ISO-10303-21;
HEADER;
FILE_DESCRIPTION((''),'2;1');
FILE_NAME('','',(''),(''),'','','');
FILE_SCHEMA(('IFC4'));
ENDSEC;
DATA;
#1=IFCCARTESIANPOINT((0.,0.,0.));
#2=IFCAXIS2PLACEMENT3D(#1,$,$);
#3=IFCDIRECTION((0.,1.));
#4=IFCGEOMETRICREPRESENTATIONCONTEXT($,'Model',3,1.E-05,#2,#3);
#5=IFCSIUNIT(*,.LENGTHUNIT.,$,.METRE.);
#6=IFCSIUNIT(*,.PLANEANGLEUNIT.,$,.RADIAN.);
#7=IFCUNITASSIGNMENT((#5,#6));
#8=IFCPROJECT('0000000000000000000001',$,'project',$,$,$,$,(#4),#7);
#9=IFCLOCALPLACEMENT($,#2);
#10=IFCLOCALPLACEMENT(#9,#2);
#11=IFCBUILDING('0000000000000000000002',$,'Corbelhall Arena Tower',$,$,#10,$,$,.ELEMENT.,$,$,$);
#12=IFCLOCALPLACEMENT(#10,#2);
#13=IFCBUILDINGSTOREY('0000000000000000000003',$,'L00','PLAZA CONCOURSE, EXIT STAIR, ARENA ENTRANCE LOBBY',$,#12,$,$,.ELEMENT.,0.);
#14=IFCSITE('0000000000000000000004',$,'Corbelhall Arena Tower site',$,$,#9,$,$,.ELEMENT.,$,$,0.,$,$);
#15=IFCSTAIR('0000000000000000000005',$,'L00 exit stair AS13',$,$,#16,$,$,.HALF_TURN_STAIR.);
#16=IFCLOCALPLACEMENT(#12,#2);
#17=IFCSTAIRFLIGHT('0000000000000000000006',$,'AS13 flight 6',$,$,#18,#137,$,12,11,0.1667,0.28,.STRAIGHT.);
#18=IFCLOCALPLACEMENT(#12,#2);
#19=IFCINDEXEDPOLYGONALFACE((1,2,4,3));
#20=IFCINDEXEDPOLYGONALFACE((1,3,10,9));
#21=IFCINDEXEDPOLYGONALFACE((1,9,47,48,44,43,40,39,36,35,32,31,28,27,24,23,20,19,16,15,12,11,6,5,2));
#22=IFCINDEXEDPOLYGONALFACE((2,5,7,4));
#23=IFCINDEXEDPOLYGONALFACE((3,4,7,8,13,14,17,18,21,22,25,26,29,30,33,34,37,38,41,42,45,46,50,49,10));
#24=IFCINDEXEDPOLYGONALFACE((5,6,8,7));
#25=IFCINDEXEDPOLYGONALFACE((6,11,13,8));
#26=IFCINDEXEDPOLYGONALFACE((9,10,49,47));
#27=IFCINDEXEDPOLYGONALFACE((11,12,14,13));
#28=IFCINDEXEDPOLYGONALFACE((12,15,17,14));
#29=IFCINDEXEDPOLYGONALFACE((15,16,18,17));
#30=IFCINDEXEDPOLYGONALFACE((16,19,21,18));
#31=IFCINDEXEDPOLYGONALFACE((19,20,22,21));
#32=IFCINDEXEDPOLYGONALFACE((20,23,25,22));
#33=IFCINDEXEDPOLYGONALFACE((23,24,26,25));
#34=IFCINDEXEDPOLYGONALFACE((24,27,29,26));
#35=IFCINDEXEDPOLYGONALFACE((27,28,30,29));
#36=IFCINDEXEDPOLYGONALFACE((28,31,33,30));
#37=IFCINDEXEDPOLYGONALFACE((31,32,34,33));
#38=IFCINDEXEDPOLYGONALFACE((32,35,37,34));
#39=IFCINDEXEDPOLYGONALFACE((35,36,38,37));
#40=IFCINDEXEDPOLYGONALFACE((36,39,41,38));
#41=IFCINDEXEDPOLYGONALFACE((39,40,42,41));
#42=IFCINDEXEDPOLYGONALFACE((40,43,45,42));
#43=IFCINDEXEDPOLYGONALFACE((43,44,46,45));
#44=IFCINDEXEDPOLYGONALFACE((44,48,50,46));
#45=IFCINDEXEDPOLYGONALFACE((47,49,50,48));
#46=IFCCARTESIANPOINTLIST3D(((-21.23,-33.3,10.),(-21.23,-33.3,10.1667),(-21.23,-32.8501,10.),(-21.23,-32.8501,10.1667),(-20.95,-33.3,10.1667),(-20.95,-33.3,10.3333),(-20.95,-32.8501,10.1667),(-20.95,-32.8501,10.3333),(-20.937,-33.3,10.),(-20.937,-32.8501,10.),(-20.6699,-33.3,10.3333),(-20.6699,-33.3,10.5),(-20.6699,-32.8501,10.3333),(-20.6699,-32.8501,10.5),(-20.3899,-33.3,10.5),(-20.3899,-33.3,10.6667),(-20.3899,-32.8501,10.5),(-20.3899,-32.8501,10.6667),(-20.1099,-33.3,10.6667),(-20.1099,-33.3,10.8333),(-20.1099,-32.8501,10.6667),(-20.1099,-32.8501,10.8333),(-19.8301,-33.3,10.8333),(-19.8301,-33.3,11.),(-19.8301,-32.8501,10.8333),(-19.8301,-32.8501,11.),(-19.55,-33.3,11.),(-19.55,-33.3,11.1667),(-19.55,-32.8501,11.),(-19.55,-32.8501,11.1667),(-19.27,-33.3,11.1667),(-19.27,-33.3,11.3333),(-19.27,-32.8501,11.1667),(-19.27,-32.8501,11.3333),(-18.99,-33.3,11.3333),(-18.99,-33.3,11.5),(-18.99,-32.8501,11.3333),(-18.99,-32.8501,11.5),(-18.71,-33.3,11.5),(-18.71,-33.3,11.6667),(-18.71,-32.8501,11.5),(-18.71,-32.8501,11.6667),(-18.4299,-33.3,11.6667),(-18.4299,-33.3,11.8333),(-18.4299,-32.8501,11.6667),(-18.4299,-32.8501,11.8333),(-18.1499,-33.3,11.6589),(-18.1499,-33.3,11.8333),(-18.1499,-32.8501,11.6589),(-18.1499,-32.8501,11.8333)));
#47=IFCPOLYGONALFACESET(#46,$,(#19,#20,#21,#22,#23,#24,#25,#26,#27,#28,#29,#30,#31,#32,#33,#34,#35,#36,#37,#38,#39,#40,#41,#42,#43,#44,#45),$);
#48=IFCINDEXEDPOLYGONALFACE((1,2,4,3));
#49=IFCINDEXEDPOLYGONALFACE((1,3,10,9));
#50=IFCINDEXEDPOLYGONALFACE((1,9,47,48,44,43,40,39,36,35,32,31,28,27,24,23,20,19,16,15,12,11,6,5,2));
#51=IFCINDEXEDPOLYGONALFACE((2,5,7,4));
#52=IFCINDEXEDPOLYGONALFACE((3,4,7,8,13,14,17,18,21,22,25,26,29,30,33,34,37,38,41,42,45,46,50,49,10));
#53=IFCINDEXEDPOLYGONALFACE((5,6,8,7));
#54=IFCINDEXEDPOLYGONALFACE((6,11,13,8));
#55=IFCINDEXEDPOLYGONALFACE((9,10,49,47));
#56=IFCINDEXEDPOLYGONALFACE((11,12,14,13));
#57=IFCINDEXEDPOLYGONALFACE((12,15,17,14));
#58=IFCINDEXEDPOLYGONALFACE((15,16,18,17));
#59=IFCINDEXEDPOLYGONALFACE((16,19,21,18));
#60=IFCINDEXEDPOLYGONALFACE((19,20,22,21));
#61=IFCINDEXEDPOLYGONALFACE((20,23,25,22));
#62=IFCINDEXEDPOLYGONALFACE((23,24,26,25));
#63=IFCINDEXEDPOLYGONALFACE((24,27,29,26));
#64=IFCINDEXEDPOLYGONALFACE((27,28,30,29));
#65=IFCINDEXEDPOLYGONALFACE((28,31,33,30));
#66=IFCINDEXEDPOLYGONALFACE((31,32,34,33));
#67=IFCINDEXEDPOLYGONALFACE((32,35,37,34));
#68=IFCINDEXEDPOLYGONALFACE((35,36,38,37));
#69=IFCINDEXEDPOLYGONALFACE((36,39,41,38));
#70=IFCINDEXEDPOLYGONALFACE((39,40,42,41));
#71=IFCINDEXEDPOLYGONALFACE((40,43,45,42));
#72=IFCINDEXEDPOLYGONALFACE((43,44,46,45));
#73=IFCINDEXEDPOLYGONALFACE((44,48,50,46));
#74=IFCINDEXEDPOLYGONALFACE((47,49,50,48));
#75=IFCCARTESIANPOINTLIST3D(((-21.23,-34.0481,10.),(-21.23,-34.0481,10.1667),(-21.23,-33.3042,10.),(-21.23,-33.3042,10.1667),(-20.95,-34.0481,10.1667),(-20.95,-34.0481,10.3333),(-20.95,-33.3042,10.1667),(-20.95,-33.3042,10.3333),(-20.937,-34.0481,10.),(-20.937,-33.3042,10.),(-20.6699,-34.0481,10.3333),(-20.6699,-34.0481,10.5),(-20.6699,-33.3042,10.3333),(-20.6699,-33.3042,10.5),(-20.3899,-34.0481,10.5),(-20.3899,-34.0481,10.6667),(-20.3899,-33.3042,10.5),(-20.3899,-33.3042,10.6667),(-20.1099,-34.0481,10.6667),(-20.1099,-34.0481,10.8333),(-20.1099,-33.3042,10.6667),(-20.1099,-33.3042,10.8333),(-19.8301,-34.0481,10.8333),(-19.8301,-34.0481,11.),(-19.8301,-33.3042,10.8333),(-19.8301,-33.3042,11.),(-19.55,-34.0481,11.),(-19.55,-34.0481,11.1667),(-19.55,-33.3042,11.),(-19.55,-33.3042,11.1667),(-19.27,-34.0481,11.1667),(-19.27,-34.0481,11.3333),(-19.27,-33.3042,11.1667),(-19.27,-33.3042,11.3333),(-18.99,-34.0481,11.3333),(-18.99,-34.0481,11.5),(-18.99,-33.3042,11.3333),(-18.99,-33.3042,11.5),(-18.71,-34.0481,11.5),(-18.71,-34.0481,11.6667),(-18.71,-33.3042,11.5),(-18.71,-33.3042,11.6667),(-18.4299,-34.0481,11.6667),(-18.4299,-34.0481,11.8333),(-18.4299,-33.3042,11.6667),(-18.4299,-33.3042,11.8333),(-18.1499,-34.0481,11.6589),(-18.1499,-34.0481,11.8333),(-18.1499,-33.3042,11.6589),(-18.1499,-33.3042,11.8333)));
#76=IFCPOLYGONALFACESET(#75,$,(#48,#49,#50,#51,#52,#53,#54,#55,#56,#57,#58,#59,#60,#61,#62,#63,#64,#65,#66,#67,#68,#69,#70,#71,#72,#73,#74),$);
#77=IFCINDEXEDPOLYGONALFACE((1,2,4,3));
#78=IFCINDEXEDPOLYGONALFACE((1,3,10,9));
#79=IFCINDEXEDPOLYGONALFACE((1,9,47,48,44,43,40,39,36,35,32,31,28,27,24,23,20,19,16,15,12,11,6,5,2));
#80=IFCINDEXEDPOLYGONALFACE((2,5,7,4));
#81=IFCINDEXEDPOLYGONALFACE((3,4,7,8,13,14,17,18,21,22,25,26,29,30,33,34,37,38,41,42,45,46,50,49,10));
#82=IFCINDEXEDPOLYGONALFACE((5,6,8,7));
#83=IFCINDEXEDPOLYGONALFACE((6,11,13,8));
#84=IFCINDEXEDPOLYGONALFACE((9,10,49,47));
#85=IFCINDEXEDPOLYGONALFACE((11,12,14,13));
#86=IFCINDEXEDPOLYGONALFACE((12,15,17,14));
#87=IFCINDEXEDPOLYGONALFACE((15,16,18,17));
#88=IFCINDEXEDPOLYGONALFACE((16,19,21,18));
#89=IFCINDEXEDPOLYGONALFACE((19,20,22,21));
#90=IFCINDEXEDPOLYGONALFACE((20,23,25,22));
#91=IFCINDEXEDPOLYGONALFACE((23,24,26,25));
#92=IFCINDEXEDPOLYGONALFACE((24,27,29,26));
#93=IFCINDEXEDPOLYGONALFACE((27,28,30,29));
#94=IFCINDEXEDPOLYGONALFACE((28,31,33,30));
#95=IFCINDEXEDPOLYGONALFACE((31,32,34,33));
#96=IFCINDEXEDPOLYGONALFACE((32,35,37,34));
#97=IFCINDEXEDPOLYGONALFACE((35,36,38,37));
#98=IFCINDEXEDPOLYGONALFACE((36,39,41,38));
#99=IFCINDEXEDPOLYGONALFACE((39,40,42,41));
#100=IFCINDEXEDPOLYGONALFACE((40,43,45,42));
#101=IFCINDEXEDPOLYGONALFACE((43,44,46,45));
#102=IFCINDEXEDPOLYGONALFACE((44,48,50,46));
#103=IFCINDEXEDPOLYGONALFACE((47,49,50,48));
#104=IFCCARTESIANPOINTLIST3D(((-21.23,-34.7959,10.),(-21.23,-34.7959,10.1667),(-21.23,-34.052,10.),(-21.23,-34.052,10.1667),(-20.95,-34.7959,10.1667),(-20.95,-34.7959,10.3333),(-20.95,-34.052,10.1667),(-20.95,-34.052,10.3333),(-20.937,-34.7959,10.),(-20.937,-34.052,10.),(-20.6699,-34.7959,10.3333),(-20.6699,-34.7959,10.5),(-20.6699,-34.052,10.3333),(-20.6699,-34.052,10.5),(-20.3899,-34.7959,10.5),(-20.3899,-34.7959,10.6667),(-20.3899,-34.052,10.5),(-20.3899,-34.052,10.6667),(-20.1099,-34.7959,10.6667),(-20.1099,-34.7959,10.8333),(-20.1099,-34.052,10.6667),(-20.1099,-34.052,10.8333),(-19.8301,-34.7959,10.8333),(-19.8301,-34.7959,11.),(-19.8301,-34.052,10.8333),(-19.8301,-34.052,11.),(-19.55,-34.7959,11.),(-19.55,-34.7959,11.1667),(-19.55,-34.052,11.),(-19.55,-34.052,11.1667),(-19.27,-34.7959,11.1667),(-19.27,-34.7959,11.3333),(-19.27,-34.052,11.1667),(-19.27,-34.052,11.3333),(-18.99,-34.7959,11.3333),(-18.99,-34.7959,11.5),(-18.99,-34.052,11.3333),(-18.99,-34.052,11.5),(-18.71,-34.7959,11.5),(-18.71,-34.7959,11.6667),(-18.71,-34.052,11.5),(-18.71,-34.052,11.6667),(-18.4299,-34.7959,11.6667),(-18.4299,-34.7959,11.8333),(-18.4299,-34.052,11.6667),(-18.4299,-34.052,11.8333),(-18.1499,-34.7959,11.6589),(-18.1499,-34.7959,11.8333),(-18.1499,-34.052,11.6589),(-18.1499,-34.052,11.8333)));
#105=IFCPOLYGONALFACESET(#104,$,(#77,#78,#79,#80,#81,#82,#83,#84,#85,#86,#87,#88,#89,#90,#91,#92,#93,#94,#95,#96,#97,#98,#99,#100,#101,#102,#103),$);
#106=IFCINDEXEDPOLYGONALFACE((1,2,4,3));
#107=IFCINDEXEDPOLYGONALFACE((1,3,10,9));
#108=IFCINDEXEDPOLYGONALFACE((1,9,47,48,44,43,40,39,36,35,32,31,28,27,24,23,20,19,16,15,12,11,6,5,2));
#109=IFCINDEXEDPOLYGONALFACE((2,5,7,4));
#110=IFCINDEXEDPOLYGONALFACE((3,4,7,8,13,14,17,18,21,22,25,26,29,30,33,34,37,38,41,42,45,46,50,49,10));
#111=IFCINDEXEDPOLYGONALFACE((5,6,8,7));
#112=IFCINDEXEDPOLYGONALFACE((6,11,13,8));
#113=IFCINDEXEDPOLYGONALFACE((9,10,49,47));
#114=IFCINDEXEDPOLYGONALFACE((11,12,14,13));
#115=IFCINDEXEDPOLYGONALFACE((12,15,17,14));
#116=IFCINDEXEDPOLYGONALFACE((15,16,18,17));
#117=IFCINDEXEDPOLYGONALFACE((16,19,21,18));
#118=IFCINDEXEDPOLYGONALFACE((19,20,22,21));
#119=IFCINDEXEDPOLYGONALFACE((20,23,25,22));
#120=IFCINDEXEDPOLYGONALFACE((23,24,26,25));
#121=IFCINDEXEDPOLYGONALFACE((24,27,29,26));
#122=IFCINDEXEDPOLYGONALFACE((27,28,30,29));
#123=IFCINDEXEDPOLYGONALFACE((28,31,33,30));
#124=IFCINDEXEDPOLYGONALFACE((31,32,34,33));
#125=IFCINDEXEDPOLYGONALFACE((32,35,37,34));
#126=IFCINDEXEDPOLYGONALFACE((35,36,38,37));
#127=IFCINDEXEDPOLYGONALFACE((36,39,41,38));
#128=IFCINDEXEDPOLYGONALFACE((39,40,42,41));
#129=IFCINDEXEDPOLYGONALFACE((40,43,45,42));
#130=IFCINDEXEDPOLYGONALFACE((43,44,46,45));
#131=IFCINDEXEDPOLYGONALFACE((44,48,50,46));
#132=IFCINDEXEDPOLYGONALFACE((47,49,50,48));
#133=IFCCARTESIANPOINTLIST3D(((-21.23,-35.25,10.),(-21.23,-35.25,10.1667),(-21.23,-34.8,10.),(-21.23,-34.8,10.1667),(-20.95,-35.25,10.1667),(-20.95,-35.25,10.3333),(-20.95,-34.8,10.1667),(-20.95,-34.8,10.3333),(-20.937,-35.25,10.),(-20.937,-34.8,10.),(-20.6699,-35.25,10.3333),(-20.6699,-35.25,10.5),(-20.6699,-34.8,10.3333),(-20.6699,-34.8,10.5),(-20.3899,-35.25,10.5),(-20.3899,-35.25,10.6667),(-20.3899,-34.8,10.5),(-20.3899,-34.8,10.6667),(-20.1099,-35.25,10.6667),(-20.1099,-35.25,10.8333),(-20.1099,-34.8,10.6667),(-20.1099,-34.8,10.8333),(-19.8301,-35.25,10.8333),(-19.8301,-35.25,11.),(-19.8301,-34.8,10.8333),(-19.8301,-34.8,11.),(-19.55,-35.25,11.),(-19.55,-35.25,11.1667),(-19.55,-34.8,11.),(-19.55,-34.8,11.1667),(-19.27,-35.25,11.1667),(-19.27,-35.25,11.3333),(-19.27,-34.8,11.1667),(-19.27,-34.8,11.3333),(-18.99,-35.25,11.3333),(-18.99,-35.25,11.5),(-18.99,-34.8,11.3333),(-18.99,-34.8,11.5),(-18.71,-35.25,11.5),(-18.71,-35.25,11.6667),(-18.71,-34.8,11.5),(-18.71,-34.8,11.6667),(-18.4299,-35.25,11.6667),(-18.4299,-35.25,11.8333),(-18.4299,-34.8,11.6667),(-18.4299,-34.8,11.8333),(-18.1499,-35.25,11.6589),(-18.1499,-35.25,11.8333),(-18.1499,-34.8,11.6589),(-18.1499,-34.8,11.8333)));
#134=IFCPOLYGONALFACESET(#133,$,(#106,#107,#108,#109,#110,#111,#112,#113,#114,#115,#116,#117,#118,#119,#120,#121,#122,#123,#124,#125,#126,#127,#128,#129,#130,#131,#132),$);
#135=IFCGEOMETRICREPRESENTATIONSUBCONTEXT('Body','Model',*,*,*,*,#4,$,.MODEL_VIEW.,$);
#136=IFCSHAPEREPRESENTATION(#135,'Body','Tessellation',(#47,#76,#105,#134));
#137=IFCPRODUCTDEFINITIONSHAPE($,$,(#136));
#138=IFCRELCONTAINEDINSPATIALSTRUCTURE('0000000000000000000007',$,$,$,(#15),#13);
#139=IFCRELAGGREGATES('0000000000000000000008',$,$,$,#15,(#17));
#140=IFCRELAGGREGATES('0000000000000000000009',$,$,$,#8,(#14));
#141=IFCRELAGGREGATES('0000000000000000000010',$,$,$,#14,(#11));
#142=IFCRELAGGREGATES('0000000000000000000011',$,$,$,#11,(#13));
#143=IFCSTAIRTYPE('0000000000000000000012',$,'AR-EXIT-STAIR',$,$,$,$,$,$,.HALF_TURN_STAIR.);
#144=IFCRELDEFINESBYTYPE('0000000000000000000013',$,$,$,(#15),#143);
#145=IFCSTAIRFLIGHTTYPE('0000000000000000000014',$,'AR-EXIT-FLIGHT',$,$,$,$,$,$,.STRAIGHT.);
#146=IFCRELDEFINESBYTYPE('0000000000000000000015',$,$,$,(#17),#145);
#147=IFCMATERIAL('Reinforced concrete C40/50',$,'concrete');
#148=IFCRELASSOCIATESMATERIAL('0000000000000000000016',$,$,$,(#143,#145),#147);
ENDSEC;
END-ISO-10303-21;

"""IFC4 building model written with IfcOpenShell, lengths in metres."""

from ifc_helpers import new_model, si_unit, direction, frame, origin, place, context, subcontext, project, spatial, polyline, outline, extrude, material, type_object, element, aggregate, save


model = new_model("IFC4")

# Units and contexts
model_context = context("Model", 3, precision=1e-05, world=origin(), true_north=direction((0.0, 1.0)))
body_context = subcontext(model_context, "Body", "Model", "MODEL_VIEW")
ifc_project = project(units=[si_unit("LENGTHUNIT", "METRE"), si_unit("PLANEANGLEUNIT", "RADIAN")], contexts=[model_context])

# Site, building, storey
site_placement = place(None, origin())
site = spatial("IfcSite", under=ifc_project, at=site_placement, Name="Corbelhall Arena Tower site", CompositionType="ELEMENT", RefElevation=0.0)
building_placement = place(site_placement, origin())
building = spatial("IfcBuilding", under=site, at=building_placement, Name="Corbelhall Arena Tower", CompositionType="ELEMENT")
storey_placement = place(building_placement, origin())
storey = spatial("IfcBuildingStorey", under=building, at=storey_placement, Name="L00", Description="PLAZA CONCOURSE, EXIT STAIR, ARENA ENTRANCE LOBBY", CompositionType="ELEMENT", Elevation=0.0)

# Shared definitions
ifc_material_1 = material(Name="Reinforced concrete C40/50", Category="concrete")

# Stair, stair flight
stair_type = type_object("IfcStairType", Name="AR-EXIT-STAIR", PredefinedType="HALF_TURN_STAIR", material=ifc_material_1)
stair_placement = place(storey_placement, origin())
stair = element("IfcStair", 1, at=stair_placement, inside=storey, type_object=stair_type, Name="L00 exit stair AS13", PredefinedType="HALF_TURN_STAIR")
stair_flight_type = type_object("IfcStairFlightType", Name="AR-EXIT-FLIGHT", PredefinedType="STRAIGHT", material=ifc_material_1)
stair_flight_1_placement = place(storey_placement, frame((-21.23, -34.05, 10.0), z_axis=(0.0, 0.0, 1.0), x_axis=(1.0, 0.0, 0.0)))
stair_flight_1 = element("IfcStairFlight", 2, at=stair_flight_1_placement, type_object=stair_flight_type, Name="AS13 flight 6", NumberOfRisers=12, NumberOfTreads=11, PredefinedType="STRAIGHT", RiserHeight=0.1667, TreadLength=0.28, context=body_context, shape_type="SweptSolid", body=[
    extrude(outline(polyline([(0.0, 0.0), (0.0, 0.1667), (0.28, 0.1667), (0.28, 0.3333), (0.5601, 0.3333), (0.5601, 0.5), (0.8401, 0.5), (0.8401, 0.6667), (1.1201, 0.6667), (1.1201, 0.8333), (1.3999, 0.8333), (1.3999, 1.0), (1.6799, 1.0), (1.6799, 1.1667), (1.96, 1.1667), (1.96, 1.3333), (2.24, 1.3333), (2.24, 1.5), (2.52, 1.5), (2.52, 1.6667), (2.8, 1.6667), (2.8, 1.8333), (3.0801, 1.8333), (3.0801, 2.0), (3.0801, 1.6589), (0.293, 0.0), (0.0, 0.0)])), frame((0.0, 1.2, 0.0), z_axis=(0.0, -1.0, 0.0), x_axis=(1.0, 0.0, 0.0)), (0.0, 0.0, 1.0), 0.45),
    extrude(outline(polyline([(0.0, 0.0), (0.0, 0.1667), (0.28, 0.1667), (0.28, 0.3333), (0.5601, 0.3333), (0.5601, 0.5), (0.8401, 0.5), (0.8401, 0.6667), (1.1201, 0.6667), (1.1201, 0.8333), (1.3999, 0.8333), (1.3999, 1.0), (1.6799, 1.0), (1.6799, 1.1667), (1.96, 1.1667), (1.96, 1.3333), (2.24, 1.3333), (2.24, 1.5), (2.52, 1.5), (2.52, 1.6667), (2.8, 1.6667), (2.8, 1.8333), (3.0801, 1.8333), (3.0801, 2.0), (3.0801, 1.6589), (0.293, 0.0), (0.0, 0.0)])), frame((0.0, 0.7458, 0.0), z_axis=(0.0, -1.0, 0.0), x_axis=(1.0, 0.0, 0.0)), (0.0, 0.0, 1.0), 0.7439),
    extrude(outline(polyline([(0.0, 0.0), (0.0, 0.1667), (0.28, 0.1667), (0.28, 0.3333), (0.5601, 0.3333), (0.5601, 0.5), (0.8401, 0.5), (0.8401, 0.6667), (1.1201, 0.6667), (1.1201, 0.8333), (1.3999, 0.8333), (1.3999, 1.0), (1.6799, 1.0), (1.6799, 1.1667), (1.96, 1.1667), (1.96, 1.3333), (2.24, 1.3333), (2.24, 1.5), (2.52, 1.5), (2.52, 1.6667), (2.8, 1.6667), (2.8, 1.8333), (3.0801, 1.8333), (3.0801, 2.0), (3.0801, 1.6589), (0.293, 0.0), (0.0, 0.0)])), frame((0.0, -0.002, 0.0), z_axis=(0.0, -1.0, 0.0), x_axis=(1.0, 0.0, 0.0)), (0.0, 0.0, 1.0), 0.7439),
    extrude(outline(polyline([(0.0, 0.0), (0.0, 0.1667), (0.28, 0.1667), (0.28, 0.3333), (0.5601, 0.3333), (0.5601, 0.5), (0.8401, 0.5), (0.8401, 0.6667), (1.1201, 0.6667), (1.1201, 0.8333), (1.3999, 0.8333), (1.3999, 1.0), (1.6799, 1.0), (1.6799, 1.1667), (1.96, 1.1667), (1.96, 1.3333), (2.24, 1.3333), (2.24, 1.5), (2.52, 1.5), (2.52, 1.6667), (2.8, 1.6667), (2.8, 1.8333), (3.0801, 1.8333), (3.0801, 2.0), (3.0801, 1.6589), (0.293, 0.0), (0.0, 0.0)])), frame((0.0, -0.75, 0.0), z_axis=(0.0, -1.0, 0.0), x_axis=(1.0, 0.0, 0.0)), (0.0, 0.0, 1.0), 0.45),
])
aggregate(stair, [stair_flight_1])

save(model, "model.ifc")
